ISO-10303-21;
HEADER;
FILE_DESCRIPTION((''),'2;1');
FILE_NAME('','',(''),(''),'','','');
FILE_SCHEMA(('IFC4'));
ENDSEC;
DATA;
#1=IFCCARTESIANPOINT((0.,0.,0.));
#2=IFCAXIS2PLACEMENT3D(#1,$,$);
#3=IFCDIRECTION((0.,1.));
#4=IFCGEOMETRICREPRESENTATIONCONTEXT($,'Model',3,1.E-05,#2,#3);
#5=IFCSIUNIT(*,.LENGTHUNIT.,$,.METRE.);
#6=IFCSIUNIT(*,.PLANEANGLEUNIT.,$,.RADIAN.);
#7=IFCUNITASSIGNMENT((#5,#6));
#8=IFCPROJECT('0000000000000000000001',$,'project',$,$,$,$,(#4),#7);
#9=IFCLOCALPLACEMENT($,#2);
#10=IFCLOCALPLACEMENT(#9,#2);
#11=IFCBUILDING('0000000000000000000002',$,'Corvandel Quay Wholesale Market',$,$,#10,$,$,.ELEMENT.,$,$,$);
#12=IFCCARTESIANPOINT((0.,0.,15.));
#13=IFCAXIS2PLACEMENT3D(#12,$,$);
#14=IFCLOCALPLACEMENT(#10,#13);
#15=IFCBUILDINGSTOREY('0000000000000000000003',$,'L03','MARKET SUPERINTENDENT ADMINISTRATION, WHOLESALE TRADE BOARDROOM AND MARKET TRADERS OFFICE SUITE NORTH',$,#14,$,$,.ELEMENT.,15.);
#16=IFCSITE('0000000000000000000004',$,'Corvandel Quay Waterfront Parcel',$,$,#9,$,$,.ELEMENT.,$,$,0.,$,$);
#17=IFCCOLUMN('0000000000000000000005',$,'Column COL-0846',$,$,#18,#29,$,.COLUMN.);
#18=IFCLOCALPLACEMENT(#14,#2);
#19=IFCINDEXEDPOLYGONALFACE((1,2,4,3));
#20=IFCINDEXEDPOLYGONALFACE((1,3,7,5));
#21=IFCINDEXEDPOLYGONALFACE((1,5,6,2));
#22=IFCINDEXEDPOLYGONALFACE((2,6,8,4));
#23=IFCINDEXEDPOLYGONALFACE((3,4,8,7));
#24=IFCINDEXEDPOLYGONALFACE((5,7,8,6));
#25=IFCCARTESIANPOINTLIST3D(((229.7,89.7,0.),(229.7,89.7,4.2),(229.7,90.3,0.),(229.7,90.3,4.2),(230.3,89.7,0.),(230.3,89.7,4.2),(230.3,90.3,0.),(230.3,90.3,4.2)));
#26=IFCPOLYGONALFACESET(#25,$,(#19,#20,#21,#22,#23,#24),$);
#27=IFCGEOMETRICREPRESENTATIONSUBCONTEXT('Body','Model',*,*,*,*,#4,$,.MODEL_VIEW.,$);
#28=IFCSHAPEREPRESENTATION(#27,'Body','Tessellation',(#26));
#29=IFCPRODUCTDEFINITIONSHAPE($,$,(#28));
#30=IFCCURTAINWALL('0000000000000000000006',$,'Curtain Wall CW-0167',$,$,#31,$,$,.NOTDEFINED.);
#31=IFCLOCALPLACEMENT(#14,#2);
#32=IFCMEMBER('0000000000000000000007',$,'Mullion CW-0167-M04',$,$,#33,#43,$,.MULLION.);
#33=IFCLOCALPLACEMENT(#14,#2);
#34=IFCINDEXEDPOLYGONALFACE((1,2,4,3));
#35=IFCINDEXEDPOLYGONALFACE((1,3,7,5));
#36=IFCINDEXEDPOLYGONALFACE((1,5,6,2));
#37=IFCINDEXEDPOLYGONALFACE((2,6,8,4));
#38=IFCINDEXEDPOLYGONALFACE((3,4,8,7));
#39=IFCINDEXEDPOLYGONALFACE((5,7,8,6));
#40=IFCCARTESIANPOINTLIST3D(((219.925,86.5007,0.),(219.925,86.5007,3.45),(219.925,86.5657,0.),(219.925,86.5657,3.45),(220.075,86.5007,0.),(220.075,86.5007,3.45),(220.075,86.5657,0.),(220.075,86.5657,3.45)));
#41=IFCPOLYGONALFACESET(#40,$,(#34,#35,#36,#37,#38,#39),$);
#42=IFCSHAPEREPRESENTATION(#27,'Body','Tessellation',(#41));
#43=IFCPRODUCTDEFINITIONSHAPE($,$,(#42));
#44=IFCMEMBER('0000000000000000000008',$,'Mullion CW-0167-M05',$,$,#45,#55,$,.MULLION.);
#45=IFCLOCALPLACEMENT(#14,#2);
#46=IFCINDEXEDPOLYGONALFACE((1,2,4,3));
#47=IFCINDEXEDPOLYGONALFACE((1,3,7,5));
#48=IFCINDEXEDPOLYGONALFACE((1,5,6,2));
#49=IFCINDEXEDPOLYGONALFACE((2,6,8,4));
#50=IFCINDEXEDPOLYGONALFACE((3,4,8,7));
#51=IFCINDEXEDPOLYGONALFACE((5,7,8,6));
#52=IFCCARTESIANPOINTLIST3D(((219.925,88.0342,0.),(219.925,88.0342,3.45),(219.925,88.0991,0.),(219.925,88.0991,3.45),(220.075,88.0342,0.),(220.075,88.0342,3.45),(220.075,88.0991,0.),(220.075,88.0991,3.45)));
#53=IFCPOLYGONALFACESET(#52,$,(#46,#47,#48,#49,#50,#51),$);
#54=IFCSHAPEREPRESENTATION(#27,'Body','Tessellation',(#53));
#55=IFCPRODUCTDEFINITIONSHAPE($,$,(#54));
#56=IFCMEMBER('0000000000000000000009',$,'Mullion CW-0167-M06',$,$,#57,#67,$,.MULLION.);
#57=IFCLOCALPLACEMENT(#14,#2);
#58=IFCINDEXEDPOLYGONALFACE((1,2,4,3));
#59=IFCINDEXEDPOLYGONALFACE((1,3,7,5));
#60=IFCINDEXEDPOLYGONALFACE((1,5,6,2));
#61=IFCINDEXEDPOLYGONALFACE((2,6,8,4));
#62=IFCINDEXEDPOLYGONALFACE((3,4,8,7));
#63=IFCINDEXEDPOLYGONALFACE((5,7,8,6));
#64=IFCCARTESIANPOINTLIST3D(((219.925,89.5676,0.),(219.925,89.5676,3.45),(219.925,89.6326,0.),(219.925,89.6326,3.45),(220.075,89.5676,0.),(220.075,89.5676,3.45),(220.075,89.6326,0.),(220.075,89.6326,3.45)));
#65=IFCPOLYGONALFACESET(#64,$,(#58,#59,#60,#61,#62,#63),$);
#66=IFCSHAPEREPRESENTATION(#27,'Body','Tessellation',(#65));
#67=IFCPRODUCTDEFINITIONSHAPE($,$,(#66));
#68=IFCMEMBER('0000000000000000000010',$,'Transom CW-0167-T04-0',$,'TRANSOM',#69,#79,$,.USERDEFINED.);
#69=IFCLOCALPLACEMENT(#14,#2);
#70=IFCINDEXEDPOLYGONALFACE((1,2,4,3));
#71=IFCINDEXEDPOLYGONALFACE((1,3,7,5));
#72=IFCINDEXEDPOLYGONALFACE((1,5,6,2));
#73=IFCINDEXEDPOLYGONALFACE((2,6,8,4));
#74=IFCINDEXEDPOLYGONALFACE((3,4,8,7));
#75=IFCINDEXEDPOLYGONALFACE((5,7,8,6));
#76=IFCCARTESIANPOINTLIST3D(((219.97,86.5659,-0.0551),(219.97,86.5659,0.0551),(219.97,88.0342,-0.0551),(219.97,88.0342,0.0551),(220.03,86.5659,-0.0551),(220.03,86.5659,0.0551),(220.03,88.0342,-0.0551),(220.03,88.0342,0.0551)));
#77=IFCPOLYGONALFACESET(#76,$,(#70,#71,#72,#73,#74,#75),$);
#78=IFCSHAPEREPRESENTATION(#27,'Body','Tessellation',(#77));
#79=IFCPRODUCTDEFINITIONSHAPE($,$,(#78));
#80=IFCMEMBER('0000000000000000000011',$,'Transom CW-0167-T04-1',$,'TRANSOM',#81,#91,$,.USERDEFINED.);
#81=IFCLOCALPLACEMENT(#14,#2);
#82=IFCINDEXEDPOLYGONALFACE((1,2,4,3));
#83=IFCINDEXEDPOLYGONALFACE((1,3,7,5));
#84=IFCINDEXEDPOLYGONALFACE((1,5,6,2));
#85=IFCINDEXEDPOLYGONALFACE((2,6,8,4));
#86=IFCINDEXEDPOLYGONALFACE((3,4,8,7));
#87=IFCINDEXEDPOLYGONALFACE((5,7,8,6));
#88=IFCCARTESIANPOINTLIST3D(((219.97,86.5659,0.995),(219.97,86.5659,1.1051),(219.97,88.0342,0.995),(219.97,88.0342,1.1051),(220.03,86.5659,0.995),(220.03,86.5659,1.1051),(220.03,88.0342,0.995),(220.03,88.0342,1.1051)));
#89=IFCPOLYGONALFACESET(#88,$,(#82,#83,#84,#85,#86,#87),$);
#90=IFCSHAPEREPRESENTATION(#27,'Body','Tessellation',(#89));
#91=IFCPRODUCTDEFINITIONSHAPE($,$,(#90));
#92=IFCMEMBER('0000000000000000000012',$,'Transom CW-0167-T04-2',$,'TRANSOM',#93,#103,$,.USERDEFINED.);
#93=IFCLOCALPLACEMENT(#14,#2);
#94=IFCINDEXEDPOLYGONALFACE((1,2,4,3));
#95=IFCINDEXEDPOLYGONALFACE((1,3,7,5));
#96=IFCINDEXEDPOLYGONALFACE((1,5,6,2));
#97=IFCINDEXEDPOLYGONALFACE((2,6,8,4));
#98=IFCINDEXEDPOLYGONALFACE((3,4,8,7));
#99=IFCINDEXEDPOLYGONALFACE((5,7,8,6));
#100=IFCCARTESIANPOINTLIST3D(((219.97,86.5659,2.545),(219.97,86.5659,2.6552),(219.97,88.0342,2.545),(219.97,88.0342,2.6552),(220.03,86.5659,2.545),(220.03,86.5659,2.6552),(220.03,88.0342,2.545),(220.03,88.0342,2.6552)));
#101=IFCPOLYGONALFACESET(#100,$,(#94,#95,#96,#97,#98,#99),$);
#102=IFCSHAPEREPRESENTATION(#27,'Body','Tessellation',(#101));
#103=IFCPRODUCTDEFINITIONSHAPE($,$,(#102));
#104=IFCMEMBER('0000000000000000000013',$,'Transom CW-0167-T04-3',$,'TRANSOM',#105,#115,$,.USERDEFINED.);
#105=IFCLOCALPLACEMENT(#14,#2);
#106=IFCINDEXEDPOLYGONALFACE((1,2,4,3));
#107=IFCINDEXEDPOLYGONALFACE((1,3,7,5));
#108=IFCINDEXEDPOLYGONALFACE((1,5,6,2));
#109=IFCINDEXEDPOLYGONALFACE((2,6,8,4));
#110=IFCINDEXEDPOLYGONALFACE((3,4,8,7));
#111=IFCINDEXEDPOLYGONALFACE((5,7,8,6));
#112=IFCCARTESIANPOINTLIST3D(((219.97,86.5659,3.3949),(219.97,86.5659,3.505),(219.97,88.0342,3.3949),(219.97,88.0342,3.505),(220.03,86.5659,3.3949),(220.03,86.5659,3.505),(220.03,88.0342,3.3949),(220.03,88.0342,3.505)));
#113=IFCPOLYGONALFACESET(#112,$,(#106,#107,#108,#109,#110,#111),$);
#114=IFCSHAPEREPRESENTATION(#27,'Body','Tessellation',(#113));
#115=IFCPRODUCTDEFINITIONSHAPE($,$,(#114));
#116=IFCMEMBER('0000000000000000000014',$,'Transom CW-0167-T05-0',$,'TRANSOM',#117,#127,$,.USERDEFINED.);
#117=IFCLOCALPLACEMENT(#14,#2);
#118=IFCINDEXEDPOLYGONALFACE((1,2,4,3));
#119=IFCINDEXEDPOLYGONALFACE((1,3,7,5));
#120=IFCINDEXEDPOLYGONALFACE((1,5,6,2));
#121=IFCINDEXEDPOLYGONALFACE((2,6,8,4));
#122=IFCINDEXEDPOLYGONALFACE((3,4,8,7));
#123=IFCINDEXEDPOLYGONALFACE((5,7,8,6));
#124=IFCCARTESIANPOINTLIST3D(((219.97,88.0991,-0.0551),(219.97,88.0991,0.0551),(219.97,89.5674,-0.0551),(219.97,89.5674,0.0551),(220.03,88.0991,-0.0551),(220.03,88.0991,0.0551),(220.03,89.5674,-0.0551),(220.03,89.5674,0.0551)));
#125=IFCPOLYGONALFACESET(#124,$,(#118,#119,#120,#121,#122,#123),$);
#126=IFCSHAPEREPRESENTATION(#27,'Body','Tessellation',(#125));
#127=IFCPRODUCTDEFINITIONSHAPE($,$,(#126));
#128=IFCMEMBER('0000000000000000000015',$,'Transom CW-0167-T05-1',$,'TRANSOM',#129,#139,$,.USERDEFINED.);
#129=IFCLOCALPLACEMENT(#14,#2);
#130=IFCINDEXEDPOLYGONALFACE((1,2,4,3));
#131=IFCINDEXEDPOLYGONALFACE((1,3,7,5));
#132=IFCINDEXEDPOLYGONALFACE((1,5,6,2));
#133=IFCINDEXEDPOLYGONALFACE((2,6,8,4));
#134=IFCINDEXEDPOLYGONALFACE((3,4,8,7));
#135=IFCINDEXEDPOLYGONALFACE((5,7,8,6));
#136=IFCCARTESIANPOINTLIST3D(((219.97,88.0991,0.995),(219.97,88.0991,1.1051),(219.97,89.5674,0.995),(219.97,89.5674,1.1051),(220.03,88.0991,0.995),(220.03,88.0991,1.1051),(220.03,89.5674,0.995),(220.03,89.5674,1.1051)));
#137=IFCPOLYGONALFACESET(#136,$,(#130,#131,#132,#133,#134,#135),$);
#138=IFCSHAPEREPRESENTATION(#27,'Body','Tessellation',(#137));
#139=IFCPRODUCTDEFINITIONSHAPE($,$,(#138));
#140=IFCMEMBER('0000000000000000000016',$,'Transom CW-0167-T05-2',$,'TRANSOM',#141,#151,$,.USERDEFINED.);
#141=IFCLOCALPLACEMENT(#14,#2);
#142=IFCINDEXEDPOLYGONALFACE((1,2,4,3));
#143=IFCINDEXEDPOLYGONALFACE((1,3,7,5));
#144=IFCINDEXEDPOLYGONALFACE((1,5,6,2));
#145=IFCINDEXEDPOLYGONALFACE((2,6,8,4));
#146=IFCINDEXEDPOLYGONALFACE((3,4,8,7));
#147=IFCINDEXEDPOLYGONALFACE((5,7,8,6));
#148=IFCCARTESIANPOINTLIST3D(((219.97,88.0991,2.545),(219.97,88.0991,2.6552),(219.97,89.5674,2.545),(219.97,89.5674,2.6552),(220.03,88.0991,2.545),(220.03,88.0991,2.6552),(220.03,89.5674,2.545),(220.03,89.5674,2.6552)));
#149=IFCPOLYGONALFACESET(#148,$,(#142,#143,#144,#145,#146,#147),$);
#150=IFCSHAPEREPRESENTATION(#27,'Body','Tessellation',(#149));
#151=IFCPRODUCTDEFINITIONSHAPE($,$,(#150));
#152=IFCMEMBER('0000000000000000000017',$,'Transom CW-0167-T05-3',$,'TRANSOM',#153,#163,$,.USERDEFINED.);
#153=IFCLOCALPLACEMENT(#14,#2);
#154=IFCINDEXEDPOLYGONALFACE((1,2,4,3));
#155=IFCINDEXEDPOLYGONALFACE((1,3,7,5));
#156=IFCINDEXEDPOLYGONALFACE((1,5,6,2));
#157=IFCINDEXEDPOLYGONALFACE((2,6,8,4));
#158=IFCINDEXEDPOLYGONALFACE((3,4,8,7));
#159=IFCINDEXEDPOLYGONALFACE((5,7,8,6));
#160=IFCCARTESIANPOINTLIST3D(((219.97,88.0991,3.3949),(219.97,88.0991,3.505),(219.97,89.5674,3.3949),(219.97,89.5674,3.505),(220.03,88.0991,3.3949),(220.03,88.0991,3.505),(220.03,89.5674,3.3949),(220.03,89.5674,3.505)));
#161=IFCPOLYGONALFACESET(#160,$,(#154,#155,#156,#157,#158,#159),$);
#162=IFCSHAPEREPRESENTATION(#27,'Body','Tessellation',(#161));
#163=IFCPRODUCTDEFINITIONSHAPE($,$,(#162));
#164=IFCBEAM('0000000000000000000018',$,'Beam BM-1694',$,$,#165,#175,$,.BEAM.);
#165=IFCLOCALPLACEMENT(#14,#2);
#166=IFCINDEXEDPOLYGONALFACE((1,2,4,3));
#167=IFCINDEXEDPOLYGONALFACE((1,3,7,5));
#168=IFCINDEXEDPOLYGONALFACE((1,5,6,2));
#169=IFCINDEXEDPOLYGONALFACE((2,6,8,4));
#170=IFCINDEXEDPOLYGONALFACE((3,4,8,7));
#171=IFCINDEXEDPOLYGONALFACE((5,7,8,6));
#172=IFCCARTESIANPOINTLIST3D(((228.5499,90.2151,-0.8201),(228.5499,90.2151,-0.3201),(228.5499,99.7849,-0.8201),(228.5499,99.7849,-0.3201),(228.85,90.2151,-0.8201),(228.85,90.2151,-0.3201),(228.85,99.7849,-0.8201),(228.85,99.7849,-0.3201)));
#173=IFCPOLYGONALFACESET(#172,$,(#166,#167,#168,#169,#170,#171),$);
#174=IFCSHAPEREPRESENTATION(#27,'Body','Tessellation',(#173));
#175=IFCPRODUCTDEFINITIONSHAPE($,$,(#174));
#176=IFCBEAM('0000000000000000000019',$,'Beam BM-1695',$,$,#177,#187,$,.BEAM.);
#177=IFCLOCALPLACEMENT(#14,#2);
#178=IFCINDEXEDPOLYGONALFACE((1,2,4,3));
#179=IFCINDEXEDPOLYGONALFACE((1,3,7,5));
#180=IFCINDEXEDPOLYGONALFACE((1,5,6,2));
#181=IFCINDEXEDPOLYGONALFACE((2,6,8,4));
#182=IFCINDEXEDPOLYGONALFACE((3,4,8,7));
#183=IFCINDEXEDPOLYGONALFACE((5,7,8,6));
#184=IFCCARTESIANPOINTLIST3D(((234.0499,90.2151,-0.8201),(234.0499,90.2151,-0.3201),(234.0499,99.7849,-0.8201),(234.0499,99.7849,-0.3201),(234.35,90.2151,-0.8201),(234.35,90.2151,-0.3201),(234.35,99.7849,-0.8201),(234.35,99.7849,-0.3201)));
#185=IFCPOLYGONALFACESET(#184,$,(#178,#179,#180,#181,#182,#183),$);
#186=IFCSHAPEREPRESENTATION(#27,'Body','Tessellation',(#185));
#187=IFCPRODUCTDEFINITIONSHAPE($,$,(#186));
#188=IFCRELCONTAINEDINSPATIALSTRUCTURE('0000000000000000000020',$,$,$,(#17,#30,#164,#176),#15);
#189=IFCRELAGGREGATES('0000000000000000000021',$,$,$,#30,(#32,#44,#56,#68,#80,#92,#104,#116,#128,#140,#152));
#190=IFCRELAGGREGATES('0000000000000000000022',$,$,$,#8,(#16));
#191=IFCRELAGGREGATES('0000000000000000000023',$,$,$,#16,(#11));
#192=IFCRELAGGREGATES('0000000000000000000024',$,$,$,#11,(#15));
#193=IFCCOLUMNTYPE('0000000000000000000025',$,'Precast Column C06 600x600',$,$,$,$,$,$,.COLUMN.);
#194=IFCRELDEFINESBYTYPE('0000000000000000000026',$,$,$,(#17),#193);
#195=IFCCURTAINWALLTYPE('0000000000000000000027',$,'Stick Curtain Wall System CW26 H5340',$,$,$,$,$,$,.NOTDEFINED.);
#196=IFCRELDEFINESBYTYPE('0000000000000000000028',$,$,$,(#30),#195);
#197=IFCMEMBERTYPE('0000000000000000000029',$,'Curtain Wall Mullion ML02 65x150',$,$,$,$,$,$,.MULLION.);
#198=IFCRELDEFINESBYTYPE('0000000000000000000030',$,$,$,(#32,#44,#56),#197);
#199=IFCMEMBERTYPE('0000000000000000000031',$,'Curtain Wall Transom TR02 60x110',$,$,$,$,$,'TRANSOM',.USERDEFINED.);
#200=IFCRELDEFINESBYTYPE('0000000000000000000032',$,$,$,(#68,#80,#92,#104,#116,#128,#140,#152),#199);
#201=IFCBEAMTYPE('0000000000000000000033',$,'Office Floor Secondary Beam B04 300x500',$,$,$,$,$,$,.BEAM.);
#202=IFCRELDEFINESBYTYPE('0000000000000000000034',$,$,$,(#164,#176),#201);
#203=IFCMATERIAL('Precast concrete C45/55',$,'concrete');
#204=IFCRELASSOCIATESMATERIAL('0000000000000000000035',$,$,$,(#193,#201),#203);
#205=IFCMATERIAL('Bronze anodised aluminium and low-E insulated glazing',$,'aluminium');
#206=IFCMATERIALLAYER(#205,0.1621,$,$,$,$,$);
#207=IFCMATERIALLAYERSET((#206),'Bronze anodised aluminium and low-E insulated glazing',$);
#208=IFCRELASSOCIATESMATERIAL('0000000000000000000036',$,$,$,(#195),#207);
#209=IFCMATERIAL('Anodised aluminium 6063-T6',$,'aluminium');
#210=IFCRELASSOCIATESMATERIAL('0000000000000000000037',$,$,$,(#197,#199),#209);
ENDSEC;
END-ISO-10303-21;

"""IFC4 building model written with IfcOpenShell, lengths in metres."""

from ifc_helpers import new_model, si_unit, direction, frame, origin, origin_2d, place, context, subcontext, project, spatial, rectangle, extrude, material, layer, layer_set, material_profile, profile_set, type_object, element, aggregate, save


model = new_model("IFC4")

# Units and contexts
model_context = context("Model", 3, precision=1e-05, world=origin(), true_north=direction((0.0, 1.0)))
body_context = subcontext(model_context, "Body", "Model", "MODEL_VIEW")
ifc_project = project(units=[si_unit("LENGTHUNIT", "METRE"), si_unit("PLANEANGLEUNIT", "RADIAN")], contexts=[model_context])

# Site, building, storey
site_placement = place(None, origin())
site = spatial("IfcSite", under=ifc_project, at=site_placement, Name="Corvandel Quay Waterfront Parcel", CompositionType="ELEMENT", RefElevation=0.0)
building_placement = place(site_placement, origin())
building = spatial("IfcBuilding", under=site, at=building_placement, Name="Corvandel Quay Wholesale Market", CompositionType="ELEMENT")
storey_placement = place(building_placement, frame((0.0, 0.0, 15.0)))
storey = spatial("IfcBuildingStorey", under=building, at=storey_placement, Name="L03", Description="MARKET SUPERINTENDENT ADMINISTRATION, WHOLESALE TRADE BOARDROOM AND MARKET TRADERS OFFICE SUITE NORTH", CompositionType="ELEMENT", Elevation=15.0)

# Column
ifc_material_1 = material(Name="Precast concrete C45/55", Category="concrete")
ifc_material_profile_1 = material_profile(ifc_material_1, rectangle(XDim=0.6001, YDim=0.6001, at=origin_2d()), Name="PC-COL-600x600")
ifc_profile_set_1 = profile_set([ifc_material_profile_1], Name="Precast concrete C45/55")
column_type = type_object("IfcColumnType", Name="Precast Column C06 600x600", PredefinedType="COLUMN", material=ifc_profile_set_1)
column_placement = place(storey_placement, frame((230.0, 90.0, 0.0), z_axis=(0.0, 0.0, 1.0), x_axis=(1.0, 0.0, 0.0)))
element("IfcColumn", 1, at=column_placement, inside=storey, type_object=column_type, Name="Column COL-0846", PredefinedType="COLUMN", context=body_context, shape_type="SweptSolid", body=[
    extrude(rectangle(XDim=0.6001, YDim=0.6001, at=origin_2d()), origin(), (0.0, 0.0, 1.0), 4.2),
])

# Curtain wall, members
ifc_material_2 = material(Name="Bronze anodised aluminium and low-E insulated glazing", Category="aluminium")
ifc_layer_1 = layer(ifc_material_2, 0.1621)
ifc_layer_set_1 = layer_set([ifc_layer_1], Name="Bronze anodised aluminium and low-E insulated glazing")
curtain_wall_type = type_object("IfcCurtainWallType", Name="Stick Curtain Wall System CW26 H5340", PredefinedType="NOTDEFINED", material=ifc_layer_set_1)
curtain_wall_placement = place(storey_placement, origin())
curtain_wall = element("IfcCurtainWall", 2, at=curtain_wall_placement, inside=storey, type_object=curtain_wall_type, Name="Curtain Wall CW-0167", PredefinedType="NOTDEFINED")
ifc_material_3 = material(Name="Anodised aluminium 6063-T6", Category="aluminium")
ifc_material_profile_2 = material_profile(ifc_material_3, rectangle(XDim=0.0649, YDim=0.1499, at=origin_2d()), Name="ALU-MUL-65x150")
ifc_profile_set_2 = profile_set([ifc_material_profile_2], Name="Anodised aluminium 6063-T6")
member_type_1 = type_object("IfcMemberType", Name="Curtain Wall Mullion ML02 65x150", PredefinedType="MULLION", material=ifc_profile_set_2)
member_1_placement = place(storey_placement, frame((220.0, 86.5332, 0.0), z_axis=(0.0, 0.0, 1.0), x_axis=(0.0, 1.0, 0.0)))
member_1 = element("IfcMember", 3, at=member_1_placement, type_object=member_type_1, Name="Mullion CW-0167-M04", PredefinedType="MULLION", context=body_context, shape_type="SweptSolid", body=[
    extrude(rectangle(XDim=0.0649, YDim=0.1499, at=origin_2d()), origin(), (0.0, 0.0, 1.0), 3.45),
])
member_2_placement = place(storey_placement, frame((220.0, 88.0667, 0.0), z_axis=(0.0, 0.0, 1.0), x_axis=(0.0, 1.0, 0.0)))
member_2 = element("IfcMember", 4, at=member_2_placement, type_object=member_type_1, Name="Mullion CW-0167-M05", PredefinedType="MULLION", context=body_context, shape_type="SweptSolid", body=[
    extrude(rectangle(XDim=0.0649, YDim=0.1499, at=origin_2d()), origin(), (0.0, 0.0, 1.0), 3.45),
])
member_3_placement = place(storey_placement, frame((220.0, 89.6001, 0.0), z_axis=(0.0, 0.0, 1.0), x_axis=(0.0, 1.0, 0.0)))
member_3 = element("IfcMember", 5, at=member_3_placement, type_object=member_type_1, Name="Mullion CW-0167-M06", PredefinedType="MULLION", context=body_context, shape_type="SweptSolid", body=[
    extrude(rectangle(XDim=0.0649, YDim=0.1499, at=origin_2d()), origin(), (0.0, 0.0, 1.0), 3.45),
])
ifc_material_profile_3 = material_profile(ifc_material_3, rectangle(XDim=0.0601, YDim=0.1101, at=origin_2d()), Name="ALU-TRN-60x110")
ifc_profile_set_3 = profile_set([ifc_material_profile_3], Name="Anodised aluminium 6063-T6")
member_type_2 = type_object("IfcMemberType", Name="Curtain Wall Transom TR02 60x110", ElementType="TRANSOM", PredefinedType="USERDEFINED", material=ifc_profile_set_3)
member_4_placement = place(storey_placement, frame((220.0, 86.5659, 0.0), z_axis=(0.0, 1.0, 0.0), x_axis=(-1.0, 0.0, 0.0)))
member_4 = element("IfcMember", 6, at=member_4_placement, type_object=member_type_2, Name="Transom CW-0167-T04-0", ObjectType="TRANSOM", PredefinedType="USERDEFINED", context=body_context, shape_type="SweptSolid", body=[
    extrude(rectangle(XDim=0.0601, YDim=0.1101, at=origin_2d()), origin(), (0.0, 0.0, 1.0), 1.4683),
])
member_5_placement = place(storey_placement, frame((220.0, 86.5659, 1.05), z_axis=(0.0, 1.0, 0.0), x_axis=(-1.0, 0.0, 0.0)))
member_5 = element("IfcMember", 7, at=member_5_placement, type_object=member_type_2, Name="Transom CW-0167-T04-1", ObjectType="TRANSOM", PredefinedType="USERDEFINED", context=body_context, shape_type="SweptSolid", body=[
    extrude(rectangle(XDim=0.0601, YDim=0.1101, at=origin_2d()), origin(), (0.0, 0.0, 1.0), 1.4683),
])
member_6_placement = place(storey_placement, frame((220.0, 86.5659, 2.6001), z_axis=(0.0, 1.0, 0.0), x_axis=(-1.0, 0.0, 0.0)))
member_6 = element("IfcMember", 8, at=member_6_placement, type_object=member_type_2, Name="Transom CW-0167-T04-2", ObjectType="TRANSOM", PredefinedType="USERDEFINED", context=body_context, shape_type="SweptSolid", body=[
    extrude(rectangle(XDim=0.0601, YDim=0.1101, at=origin_2d()), origin(), (0.0, 0.0, 1.0), 1.4683),
])
member_7_placement = place(storey_placement, frame((220.0, 86.5659, 3.45), z_axis=(0.0, 1.0, 0.0), x_axis=(-1.0, 0.0, 0.0)))
member_7 = element("IfcMember", 9, at=member_7_placement, type_object=member_type_2, Name="Transom CW-0167-T04-3", ObjectType="TRANSOM", PredefinedType="USERDEFINED", context=body_context, shape_type="SweptSolid", body=[
    extrude(rectangle(XDim=0.0601, YDim=0.1101, at=origin_2d()), origin(), (0.0, 0.0, 1.0), 1.4683),
])
member_8_placement = place(storey_placement, frame((220.0, 88.0991, 0.0), z_axis=(0.0, 1.0, 0.0), x_axis=(-1.0, 0.0, 0.0)))
member_8 = element("IfcMember", 10, at=member_8_placement, type_object=member_type_2, Name="Transom CW-0167-T05-0", ObjectType="TRANSOM", PredefinedType="USERDEFINED", context=body_context, shape_type="SweptSolid", body=[
    extrude(rectangle(XDim=0.0601, YDim=0.1101, at=origin_2d()), origin(), (0.0, 0.0, 1.0), 1.4683),
])
member_9_placement = place(storey_placement, frame((220.0, 88.0991, 1.05), z_axis=(0.0, 1.0, 0.0), x_axis=(-1.0, 0.0, 0.0)))
member_9 = element("IfcMember", 11, at=member_9_placement, type_object=member_type_2, Name="Transom CW-0167-T05-1", ObjectType="TRANSOM", PredefinedType="USERDEFINED", context=body_context, shape_type="SweptSolid", body=[
    extrude(rectangle(XDim=0.0601, YDim=0.1101, at=origin_2d()), origin(), (0.0, 0.0, 1.0), 1.4683),
])
member_10_placement = place(storey_placement, frame((220.0, 88.0991, 2.6001), z_axis=(0.0, 1.0, 0.0), x_axis=(-1.0, 0.0, 0.0)))
member_10 = element("IfcMember", 12, at=member_10_placement, type_object=member_type_2, Name="Transom CW-0167-T05-2", ObjectType="TRANSOM", PredefinedType="USERDEFINED", context=body_context, shape_type="SweptSolid", body=[
    extrude(rectangle(XDim=0.0601, YDim=0.1101, at=origin_2d()), origin(), (0.0, 0.0, 1.0), 1.4683),
])
member_11_placement = place(storey_placement, frame((220.0, 88.0991, 3.45), z_axis=(0.0, 1.0, 0.0), x_axis=(-1.0, 0.0, 0.0)))
member_11 = element("IfcMember", 13, at=member_11_placement, type_object=member_type_2, Name="Transom CW-0167-T05-3", ObjectType="TRANSOM", PredefinedType="USERDEFINED", context=body_context, shape_type="SweptSolid", body=[
    extrude(rectangle(XDim=0.0601, YDim=0.1101, at=origin_2d()), origin(), (0.0, 0.0, 1.0), 1.4683),
])

# Beams
ifc_material_profile_4 = material_profile(ifc_material_1, rectangle(XDim=0.3, YDim=0.5, at=origin_2d()), Name="PC-BM-300x500")
ifc_profile_set_4 = profile_set([ifc_material_profile_4], Name="Precast concrete C45/55")
beam_type_1 = type_object("IfcBeamType", Name="Office Floor Secondary Beam B04 300x500", PredefinedType="BEAM", material=ifc_profile_set_4)
for number, where, z_axis, x_axis, name in (
    (14, (228.7, 90.2151, -0.5701), (0.0, 1.0, 0.0), (-1.0, 0.0, 0.0), "Beam BM-1694"),
    (15, (234.2, 90.2151, -0.5701), (0.0, 1.0, 0.0), (-1.0, 0.0, 0.0), "Beam BM-1695"),
):
    element("IfcBeam", number, at=place(storey_placement, frame(where, z_axis=z_axis, x_axis=x_axis)), inside=storey, type_object=beam_type_1, Name=name, PredefinedType="BEAM", context=body_context, shape_type="SweptSolid", body=[
        extrude(rectangle(XDim=0.3, YDim=0.5, at=origin_2d()), origin(), (0.0, 0.0, 1.0), 9.5698),
    ])

aggregate(curtain_wall, [member_1, member_2, member_3, member_4, member_5, member_6, member_7, member_8, member_9, member_10, member_11])

save(model, "model.ifc")
